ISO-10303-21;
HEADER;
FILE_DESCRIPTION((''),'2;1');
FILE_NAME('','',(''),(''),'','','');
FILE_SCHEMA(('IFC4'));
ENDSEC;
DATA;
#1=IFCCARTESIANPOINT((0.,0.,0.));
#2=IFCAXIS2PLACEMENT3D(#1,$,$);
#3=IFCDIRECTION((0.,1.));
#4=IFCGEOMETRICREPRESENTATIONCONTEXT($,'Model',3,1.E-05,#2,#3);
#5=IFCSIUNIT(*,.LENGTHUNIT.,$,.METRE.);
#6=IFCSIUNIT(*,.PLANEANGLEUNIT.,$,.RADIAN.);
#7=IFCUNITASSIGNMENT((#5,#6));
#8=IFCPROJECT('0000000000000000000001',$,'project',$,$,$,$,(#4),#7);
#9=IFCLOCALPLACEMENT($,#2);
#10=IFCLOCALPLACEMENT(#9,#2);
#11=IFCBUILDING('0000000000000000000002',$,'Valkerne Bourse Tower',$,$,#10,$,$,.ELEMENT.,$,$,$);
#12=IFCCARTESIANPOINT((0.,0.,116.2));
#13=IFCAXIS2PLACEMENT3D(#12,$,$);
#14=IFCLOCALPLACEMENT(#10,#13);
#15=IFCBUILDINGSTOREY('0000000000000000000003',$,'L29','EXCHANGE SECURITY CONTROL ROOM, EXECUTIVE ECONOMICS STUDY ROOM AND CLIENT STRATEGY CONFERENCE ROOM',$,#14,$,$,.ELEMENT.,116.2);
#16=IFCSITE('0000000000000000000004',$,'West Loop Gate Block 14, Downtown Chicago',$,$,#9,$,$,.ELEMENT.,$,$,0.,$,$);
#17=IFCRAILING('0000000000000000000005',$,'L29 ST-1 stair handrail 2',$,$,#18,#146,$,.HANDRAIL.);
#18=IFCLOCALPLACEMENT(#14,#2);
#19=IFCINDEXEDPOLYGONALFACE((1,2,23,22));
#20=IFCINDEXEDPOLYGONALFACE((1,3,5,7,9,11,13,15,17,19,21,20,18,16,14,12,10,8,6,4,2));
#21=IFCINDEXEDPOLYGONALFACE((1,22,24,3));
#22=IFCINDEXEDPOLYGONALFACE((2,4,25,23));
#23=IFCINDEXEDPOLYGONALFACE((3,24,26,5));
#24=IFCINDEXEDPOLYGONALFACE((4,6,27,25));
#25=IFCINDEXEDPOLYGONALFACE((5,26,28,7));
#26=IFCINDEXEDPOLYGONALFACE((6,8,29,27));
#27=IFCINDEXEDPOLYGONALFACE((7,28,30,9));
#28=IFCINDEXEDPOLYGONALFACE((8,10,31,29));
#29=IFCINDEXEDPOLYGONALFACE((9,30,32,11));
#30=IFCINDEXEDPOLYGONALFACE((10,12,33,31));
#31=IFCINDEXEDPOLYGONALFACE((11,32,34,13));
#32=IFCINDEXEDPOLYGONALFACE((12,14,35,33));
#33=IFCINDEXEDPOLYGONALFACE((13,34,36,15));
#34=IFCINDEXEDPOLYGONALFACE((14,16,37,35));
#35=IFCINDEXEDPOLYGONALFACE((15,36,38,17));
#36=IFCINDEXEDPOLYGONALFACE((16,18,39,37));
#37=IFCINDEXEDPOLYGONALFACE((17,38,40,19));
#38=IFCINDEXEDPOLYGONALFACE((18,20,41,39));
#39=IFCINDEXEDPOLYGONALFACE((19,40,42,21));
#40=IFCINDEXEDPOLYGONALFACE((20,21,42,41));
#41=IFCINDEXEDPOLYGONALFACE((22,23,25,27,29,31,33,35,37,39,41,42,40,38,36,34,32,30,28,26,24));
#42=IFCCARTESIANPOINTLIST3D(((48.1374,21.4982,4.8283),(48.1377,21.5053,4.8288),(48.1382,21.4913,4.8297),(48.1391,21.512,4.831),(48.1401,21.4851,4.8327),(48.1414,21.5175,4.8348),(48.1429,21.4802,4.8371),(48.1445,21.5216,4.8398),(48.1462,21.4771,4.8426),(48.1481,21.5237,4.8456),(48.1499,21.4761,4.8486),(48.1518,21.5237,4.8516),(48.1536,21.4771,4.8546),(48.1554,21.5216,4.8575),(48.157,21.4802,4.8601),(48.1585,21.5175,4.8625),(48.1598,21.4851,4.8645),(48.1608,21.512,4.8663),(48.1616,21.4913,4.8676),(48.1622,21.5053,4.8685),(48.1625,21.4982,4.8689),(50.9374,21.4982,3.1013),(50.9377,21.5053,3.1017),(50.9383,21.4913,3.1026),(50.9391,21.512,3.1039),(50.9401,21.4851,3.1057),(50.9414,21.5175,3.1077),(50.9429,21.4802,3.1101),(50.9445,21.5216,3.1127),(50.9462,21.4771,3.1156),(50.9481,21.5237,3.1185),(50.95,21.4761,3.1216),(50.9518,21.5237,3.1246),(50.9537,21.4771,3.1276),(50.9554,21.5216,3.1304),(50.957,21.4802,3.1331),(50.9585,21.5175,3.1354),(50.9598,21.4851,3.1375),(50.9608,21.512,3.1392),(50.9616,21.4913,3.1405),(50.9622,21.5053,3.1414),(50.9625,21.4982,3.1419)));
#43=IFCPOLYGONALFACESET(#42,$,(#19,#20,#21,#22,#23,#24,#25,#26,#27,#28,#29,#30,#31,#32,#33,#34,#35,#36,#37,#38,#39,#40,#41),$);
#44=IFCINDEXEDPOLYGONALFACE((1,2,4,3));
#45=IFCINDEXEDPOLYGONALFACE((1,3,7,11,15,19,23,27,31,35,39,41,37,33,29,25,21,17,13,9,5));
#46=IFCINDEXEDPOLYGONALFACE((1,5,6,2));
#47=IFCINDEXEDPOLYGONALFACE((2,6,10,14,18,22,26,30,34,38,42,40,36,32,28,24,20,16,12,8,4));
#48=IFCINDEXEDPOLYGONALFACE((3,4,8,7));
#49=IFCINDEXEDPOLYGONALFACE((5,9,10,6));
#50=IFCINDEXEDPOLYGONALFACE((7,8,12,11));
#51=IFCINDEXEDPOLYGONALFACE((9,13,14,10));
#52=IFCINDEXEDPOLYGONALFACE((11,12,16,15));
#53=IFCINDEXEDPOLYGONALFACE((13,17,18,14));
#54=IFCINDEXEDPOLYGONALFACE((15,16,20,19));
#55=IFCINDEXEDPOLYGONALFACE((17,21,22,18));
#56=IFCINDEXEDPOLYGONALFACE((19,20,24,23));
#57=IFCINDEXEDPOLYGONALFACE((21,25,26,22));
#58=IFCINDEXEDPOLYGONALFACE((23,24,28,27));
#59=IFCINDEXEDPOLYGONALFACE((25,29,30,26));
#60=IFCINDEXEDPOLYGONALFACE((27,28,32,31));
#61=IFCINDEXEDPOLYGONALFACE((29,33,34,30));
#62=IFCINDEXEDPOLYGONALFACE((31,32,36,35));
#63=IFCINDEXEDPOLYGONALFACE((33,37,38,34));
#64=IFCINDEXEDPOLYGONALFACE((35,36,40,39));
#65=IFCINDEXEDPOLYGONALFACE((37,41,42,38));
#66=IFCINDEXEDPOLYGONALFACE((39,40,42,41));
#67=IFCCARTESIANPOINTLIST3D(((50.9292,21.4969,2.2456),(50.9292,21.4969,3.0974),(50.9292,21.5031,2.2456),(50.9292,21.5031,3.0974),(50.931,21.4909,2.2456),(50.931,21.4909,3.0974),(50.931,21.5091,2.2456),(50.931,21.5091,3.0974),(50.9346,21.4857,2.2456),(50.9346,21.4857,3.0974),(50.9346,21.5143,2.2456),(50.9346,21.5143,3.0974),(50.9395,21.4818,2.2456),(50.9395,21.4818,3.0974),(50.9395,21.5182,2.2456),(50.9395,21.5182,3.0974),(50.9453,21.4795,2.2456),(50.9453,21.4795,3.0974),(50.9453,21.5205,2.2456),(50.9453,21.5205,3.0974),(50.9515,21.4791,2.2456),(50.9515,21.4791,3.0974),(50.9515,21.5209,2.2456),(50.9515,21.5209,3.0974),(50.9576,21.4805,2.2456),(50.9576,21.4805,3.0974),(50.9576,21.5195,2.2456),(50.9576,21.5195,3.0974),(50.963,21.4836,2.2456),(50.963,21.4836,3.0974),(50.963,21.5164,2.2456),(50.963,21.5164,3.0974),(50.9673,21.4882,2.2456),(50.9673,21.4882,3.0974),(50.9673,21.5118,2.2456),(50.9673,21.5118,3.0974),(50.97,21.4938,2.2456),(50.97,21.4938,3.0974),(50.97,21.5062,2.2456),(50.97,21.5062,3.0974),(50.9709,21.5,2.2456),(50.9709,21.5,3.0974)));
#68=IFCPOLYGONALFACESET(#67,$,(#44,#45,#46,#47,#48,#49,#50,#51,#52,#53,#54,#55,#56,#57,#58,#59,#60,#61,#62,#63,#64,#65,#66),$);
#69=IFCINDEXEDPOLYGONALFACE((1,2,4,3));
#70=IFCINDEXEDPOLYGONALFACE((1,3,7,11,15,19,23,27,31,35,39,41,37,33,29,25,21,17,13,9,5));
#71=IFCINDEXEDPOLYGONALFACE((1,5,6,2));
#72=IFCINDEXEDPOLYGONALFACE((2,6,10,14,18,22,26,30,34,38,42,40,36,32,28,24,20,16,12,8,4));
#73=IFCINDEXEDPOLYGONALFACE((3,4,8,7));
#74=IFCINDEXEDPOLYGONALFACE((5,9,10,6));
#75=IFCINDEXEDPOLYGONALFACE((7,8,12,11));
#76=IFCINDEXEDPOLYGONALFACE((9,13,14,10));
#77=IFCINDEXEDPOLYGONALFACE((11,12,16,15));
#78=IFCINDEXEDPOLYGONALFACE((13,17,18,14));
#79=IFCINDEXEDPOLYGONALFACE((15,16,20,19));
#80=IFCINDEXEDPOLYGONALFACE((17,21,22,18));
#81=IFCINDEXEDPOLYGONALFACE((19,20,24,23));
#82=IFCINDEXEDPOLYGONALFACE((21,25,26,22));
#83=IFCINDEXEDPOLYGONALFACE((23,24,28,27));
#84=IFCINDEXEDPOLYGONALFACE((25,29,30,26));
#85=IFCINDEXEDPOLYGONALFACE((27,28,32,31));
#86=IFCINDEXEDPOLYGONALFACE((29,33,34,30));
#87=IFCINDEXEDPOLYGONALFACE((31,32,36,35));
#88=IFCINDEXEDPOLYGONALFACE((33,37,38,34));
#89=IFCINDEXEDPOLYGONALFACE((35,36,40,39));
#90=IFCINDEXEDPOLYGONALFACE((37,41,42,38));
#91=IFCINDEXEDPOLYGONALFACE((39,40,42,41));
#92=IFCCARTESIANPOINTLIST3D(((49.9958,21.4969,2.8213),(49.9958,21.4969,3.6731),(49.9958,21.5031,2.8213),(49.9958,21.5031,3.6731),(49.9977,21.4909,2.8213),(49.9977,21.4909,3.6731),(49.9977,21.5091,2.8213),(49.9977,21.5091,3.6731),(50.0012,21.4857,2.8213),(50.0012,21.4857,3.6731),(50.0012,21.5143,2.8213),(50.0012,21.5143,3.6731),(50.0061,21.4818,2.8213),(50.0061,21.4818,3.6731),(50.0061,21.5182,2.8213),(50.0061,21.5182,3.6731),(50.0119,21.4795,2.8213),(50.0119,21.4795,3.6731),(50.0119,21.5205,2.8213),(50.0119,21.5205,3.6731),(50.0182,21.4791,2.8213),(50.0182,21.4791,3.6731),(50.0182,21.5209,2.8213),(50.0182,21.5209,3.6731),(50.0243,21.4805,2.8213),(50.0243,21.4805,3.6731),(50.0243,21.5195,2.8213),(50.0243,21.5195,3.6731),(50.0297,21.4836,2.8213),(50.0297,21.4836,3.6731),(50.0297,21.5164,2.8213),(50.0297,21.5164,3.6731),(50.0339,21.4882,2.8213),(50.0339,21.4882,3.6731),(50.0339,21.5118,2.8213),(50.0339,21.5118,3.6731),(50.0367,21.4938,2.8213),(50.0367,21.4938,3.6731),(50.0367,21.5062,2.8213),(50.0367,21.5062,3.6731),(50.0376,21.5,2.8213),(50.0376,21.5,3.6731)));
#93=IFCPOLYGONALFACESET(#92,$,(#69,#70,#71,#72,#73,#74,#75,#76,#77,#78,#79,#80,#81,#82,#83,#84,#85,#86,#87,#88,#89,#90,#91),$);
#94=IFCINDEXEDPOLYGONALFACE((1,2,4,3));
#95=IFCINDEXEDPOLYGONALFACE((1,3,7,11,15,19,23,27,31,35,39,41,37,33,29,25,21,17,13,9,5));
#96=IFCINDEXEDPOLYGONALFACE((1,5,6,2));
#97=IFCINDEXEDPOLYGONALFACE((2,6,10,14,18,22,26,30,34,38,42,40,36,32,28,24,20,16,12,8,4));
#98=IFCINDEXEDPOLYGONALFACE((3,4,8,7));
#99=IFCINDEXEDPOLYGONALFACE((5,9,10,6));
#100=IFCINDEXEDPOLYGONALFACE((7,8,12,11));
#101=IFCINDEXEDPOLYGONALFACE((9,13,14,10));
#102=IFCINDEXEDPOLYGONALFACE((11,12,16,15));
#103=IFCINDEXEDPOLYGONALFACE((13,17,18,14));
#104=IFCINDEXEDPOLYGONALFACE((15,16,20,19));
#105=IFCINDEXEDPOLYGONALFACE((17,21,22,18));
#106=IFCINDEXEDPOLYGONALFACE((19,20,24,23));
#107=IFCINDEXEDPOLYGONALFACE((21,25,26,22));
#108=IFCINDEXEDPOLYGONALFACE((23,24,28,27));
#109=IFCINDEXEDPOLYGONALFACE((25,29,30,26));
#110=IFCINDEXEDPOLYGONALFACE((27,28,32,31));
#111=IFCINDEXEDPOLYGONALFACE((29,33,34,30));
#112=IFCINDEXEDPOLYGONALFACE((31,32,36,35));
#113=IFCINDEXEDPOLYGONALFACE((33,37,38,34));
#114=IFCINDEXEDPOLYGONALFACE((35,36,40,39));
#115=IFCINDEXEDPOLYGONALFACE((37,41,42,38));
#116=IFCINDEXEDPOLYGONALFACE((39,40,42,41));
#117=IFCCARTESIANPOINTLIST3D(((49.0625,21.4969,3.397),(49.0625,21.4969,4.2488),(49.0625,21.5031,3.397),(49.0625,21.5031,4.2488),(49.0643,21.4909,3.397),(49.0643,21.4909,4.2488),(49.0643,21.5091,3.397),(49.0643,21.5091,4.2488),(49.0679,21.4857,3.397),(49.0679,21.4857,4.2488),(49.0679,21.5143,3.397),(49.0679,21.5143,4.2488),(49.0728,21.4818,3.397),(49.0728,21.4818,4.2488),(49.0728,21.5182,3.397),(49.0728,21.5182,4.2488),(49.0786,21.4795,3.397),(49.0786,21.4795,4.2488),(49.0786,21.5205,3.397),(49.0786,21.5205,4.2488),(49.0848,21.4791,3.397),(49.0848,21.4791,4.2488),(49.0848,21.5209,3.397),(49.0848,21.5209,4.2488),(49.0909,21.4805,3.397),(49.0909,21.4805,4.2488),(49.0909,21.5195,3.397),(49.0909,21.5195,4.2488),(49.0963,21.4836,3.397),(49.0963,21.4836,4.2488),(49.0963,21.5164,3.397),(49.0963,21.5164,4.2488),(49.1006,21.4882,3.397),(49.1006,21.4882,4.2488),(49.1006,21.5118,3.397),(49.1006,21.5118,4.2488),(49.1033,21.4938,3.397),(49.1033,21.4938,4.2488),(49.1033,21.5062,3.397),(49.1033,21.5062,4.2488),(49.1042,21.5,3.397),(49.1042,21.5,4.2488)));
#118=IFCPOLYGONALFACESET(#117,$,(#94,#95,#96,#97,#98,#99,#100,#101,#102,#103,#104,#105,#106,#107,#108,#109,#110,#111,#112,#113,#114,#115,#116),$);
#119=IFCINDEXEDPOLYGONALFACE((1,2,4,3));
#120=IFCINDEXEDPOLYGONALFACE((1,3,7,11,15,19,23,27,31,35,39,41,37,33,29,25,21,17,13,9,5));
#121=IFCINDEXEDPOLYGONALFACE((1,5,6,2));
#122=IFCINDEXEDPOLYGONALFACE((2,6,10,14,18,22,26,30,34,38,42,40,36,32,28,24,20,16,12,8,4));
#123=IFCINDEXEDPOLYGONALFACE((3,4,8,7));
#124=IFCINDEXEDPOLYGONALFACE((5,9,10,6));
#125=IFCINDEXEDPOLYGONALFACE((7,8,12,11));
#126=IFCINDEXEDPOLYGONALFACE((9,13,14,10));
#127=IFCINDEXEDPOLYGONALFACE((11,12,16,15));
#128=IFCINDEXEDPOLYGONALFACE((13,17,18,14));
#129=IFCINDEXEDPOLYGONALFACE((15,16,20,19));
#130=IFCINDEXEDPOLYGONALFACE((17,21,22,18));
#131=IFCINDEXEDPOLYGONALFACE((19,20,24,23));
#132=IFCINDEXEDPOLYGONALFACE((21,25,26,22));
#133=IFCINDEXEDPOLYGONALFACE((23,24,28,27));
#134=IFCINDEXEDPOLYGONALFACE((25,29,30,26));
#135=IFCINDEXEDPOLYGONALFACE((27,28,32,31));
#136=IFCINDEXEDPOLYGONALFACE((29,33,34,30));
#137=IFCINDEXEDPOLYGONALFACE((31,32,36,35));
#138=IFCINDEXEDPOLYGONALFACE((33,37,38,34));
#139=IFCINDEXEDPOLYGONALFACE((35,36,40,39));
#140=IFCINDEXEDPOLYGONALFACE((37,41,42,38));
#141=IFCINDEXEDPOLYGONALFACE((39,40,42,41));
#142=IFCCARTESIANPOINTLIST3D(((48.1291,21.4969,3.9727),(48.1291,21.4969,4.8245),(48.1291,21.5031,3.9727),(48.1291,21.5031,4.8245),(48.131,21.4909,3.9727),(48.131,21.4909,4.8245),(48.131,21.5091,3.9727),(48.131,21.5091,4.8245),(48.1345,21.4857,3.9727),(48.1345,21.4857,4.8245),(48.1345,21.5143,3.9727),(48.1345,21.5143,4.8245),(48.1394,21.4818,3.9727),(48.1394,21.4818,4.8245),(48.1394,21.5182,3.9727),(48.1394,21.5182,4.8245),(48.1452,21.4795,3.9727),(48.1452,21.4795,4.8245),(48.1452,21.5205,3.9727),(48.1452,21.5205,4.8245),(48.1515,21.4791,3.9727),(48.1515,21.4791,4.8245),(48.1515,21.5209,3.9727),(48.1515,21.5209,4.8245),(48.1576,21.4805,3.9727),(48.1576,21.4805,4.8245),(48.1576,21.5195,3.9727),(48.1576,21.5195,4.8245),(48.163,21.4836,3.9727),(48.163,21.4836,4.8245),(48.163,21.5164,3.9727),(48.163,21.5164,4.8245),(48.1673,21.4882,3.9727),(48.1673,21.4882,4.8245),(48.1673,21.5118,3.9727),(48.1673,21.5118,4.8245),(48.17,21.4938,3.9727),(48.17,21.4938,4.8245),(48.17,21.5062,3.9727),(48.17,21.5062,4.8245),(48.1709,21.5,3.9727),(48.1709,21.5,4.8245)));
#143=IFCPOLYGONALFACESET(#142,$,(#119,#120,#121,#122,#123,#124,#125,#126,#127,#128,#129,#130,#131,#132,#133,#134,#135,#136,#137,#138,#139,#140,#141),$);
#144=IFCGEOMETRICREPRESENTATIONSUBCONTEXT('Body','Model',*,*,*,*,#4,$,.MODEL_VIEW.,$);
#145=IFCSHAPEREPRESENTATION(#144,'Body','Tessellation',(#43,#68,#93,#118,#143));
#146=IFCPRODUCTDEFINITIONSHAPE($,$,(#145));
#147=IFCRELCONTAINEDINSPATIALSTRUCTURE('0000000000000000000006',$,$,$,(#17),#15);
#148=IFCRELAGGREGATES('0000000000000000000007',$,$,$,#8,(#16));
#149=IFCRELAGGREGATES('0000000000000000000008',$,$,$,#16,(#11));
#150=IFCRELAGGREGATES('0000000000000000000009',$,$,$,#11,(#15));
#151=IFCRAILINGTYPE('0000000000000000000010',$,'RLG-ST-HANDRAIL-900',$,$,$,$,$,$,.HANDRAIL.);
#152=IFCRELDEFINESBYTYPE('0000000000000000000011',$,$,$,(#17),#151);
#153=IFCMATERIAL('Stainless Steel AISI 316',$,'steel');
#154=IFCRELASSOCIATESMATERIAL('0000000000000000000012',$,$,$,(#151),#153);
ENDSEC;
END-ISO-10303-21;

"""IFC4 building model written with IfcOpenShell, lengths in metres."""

from ifc_helpers import new_model, si_unit, direction, frame, origin, origin_2d, place, context, subcontext, project, spatial, circle, extrude, material, type_object, element, save


model = new_model("IFC4")

# Units and contexts
model_context = context("Model", 3, precision=1e-05, world=origin(), true_north=direction((0.0, 1.0)))
body_context = subcontext(model_context, "Body", "Model", "MODEL_VIEW")
ifc_project = project(units=[si_unit("LENGTHUNIT", "METRE"), si_unit("PLANEANGLEUNIT", "RADIAN")], contexts=[model_context])

# Site, building, storey
site_placement = place(None, origin())
site = spatial("IfcSite", under=ifc_project, at=site_placement, Name="West Loop Gate Block 14, Downtown Chicago", CompositionType="ELEMENT", RefElevation=0.0)
building_placement = place(site_placement, origin())
building = spatial("IfcBuilding", under=site, at=building_placement, Name="Valkerne Bourse Tower", CompositionType="ELEMENT")
storey_placement = place(building_placement, frame((0.0, 0.0, 116.2)))
storey = spatial("IfcBuildingStorey", under=building, at=storey_placement, Name="L29", Description="EXCHANGE SECURITY CONTROL ROOM, EXECUTIVE ECONOMICS STUDY ROOM AND CLIENT STRATEGY CONFERENCE ROOM", CompositionType="ELEMENT", Elevation=116.2)

# Shared definitions
ifc_material_1 = material(Name="Stainless Steel AISI 316", Category="steel")

# Railing
railing_type_1 = type_object("IfcRailingType", Name="RLG-ST-HANDRAIL-900", PredefinedType="HANDRAIL", material=ifc_material_1)
railing_1_placement = place(storey_placement, frame((50.95, 21.5, 2.2456)))
element("IfcRailing", 1, at=railing_1_placement, inside=storey, type_object=railing_type_1, Name="L29 ST-1 stair handrail 2", PredefinedType="HANDRAIL", context=body_context, shape_type="SweptSolid", body=[
    extrude(circle(Radius=0.0239, at=origin_2d()), frame((0.0, 0.0, 0.876), z_axis=(-0.851123, 0.0, 0.524967), x_axis=(0.0, -1.0, 0.0)), (0.0, 0.0, 1.0), 3.2898),
    extrude(circle(Radius=0.021, at=origin_2d()), origin(), (0.0, 0.0, 1.0), 0.8518),
    extrude(circle(Radius=0.021, at=origin_2d()), frame((-0.9333, 0.0, 0.5757)), (0.0, 0.0, 1.0), 0.8518),
    extrude(circle(Radius=0.021, at=origin_2d()), frame((-1.8667, 0.0, 1.1514)), (0.0, 0.0, 1.0), 0.8518),
    extrude(circle(Radius=0.021, at=origin_2d()), frame((-2.8, 0.0, 1.7271)), (0.0, 0.0, 1.0), 0.8518),
])

save(model, "model.ifc")
